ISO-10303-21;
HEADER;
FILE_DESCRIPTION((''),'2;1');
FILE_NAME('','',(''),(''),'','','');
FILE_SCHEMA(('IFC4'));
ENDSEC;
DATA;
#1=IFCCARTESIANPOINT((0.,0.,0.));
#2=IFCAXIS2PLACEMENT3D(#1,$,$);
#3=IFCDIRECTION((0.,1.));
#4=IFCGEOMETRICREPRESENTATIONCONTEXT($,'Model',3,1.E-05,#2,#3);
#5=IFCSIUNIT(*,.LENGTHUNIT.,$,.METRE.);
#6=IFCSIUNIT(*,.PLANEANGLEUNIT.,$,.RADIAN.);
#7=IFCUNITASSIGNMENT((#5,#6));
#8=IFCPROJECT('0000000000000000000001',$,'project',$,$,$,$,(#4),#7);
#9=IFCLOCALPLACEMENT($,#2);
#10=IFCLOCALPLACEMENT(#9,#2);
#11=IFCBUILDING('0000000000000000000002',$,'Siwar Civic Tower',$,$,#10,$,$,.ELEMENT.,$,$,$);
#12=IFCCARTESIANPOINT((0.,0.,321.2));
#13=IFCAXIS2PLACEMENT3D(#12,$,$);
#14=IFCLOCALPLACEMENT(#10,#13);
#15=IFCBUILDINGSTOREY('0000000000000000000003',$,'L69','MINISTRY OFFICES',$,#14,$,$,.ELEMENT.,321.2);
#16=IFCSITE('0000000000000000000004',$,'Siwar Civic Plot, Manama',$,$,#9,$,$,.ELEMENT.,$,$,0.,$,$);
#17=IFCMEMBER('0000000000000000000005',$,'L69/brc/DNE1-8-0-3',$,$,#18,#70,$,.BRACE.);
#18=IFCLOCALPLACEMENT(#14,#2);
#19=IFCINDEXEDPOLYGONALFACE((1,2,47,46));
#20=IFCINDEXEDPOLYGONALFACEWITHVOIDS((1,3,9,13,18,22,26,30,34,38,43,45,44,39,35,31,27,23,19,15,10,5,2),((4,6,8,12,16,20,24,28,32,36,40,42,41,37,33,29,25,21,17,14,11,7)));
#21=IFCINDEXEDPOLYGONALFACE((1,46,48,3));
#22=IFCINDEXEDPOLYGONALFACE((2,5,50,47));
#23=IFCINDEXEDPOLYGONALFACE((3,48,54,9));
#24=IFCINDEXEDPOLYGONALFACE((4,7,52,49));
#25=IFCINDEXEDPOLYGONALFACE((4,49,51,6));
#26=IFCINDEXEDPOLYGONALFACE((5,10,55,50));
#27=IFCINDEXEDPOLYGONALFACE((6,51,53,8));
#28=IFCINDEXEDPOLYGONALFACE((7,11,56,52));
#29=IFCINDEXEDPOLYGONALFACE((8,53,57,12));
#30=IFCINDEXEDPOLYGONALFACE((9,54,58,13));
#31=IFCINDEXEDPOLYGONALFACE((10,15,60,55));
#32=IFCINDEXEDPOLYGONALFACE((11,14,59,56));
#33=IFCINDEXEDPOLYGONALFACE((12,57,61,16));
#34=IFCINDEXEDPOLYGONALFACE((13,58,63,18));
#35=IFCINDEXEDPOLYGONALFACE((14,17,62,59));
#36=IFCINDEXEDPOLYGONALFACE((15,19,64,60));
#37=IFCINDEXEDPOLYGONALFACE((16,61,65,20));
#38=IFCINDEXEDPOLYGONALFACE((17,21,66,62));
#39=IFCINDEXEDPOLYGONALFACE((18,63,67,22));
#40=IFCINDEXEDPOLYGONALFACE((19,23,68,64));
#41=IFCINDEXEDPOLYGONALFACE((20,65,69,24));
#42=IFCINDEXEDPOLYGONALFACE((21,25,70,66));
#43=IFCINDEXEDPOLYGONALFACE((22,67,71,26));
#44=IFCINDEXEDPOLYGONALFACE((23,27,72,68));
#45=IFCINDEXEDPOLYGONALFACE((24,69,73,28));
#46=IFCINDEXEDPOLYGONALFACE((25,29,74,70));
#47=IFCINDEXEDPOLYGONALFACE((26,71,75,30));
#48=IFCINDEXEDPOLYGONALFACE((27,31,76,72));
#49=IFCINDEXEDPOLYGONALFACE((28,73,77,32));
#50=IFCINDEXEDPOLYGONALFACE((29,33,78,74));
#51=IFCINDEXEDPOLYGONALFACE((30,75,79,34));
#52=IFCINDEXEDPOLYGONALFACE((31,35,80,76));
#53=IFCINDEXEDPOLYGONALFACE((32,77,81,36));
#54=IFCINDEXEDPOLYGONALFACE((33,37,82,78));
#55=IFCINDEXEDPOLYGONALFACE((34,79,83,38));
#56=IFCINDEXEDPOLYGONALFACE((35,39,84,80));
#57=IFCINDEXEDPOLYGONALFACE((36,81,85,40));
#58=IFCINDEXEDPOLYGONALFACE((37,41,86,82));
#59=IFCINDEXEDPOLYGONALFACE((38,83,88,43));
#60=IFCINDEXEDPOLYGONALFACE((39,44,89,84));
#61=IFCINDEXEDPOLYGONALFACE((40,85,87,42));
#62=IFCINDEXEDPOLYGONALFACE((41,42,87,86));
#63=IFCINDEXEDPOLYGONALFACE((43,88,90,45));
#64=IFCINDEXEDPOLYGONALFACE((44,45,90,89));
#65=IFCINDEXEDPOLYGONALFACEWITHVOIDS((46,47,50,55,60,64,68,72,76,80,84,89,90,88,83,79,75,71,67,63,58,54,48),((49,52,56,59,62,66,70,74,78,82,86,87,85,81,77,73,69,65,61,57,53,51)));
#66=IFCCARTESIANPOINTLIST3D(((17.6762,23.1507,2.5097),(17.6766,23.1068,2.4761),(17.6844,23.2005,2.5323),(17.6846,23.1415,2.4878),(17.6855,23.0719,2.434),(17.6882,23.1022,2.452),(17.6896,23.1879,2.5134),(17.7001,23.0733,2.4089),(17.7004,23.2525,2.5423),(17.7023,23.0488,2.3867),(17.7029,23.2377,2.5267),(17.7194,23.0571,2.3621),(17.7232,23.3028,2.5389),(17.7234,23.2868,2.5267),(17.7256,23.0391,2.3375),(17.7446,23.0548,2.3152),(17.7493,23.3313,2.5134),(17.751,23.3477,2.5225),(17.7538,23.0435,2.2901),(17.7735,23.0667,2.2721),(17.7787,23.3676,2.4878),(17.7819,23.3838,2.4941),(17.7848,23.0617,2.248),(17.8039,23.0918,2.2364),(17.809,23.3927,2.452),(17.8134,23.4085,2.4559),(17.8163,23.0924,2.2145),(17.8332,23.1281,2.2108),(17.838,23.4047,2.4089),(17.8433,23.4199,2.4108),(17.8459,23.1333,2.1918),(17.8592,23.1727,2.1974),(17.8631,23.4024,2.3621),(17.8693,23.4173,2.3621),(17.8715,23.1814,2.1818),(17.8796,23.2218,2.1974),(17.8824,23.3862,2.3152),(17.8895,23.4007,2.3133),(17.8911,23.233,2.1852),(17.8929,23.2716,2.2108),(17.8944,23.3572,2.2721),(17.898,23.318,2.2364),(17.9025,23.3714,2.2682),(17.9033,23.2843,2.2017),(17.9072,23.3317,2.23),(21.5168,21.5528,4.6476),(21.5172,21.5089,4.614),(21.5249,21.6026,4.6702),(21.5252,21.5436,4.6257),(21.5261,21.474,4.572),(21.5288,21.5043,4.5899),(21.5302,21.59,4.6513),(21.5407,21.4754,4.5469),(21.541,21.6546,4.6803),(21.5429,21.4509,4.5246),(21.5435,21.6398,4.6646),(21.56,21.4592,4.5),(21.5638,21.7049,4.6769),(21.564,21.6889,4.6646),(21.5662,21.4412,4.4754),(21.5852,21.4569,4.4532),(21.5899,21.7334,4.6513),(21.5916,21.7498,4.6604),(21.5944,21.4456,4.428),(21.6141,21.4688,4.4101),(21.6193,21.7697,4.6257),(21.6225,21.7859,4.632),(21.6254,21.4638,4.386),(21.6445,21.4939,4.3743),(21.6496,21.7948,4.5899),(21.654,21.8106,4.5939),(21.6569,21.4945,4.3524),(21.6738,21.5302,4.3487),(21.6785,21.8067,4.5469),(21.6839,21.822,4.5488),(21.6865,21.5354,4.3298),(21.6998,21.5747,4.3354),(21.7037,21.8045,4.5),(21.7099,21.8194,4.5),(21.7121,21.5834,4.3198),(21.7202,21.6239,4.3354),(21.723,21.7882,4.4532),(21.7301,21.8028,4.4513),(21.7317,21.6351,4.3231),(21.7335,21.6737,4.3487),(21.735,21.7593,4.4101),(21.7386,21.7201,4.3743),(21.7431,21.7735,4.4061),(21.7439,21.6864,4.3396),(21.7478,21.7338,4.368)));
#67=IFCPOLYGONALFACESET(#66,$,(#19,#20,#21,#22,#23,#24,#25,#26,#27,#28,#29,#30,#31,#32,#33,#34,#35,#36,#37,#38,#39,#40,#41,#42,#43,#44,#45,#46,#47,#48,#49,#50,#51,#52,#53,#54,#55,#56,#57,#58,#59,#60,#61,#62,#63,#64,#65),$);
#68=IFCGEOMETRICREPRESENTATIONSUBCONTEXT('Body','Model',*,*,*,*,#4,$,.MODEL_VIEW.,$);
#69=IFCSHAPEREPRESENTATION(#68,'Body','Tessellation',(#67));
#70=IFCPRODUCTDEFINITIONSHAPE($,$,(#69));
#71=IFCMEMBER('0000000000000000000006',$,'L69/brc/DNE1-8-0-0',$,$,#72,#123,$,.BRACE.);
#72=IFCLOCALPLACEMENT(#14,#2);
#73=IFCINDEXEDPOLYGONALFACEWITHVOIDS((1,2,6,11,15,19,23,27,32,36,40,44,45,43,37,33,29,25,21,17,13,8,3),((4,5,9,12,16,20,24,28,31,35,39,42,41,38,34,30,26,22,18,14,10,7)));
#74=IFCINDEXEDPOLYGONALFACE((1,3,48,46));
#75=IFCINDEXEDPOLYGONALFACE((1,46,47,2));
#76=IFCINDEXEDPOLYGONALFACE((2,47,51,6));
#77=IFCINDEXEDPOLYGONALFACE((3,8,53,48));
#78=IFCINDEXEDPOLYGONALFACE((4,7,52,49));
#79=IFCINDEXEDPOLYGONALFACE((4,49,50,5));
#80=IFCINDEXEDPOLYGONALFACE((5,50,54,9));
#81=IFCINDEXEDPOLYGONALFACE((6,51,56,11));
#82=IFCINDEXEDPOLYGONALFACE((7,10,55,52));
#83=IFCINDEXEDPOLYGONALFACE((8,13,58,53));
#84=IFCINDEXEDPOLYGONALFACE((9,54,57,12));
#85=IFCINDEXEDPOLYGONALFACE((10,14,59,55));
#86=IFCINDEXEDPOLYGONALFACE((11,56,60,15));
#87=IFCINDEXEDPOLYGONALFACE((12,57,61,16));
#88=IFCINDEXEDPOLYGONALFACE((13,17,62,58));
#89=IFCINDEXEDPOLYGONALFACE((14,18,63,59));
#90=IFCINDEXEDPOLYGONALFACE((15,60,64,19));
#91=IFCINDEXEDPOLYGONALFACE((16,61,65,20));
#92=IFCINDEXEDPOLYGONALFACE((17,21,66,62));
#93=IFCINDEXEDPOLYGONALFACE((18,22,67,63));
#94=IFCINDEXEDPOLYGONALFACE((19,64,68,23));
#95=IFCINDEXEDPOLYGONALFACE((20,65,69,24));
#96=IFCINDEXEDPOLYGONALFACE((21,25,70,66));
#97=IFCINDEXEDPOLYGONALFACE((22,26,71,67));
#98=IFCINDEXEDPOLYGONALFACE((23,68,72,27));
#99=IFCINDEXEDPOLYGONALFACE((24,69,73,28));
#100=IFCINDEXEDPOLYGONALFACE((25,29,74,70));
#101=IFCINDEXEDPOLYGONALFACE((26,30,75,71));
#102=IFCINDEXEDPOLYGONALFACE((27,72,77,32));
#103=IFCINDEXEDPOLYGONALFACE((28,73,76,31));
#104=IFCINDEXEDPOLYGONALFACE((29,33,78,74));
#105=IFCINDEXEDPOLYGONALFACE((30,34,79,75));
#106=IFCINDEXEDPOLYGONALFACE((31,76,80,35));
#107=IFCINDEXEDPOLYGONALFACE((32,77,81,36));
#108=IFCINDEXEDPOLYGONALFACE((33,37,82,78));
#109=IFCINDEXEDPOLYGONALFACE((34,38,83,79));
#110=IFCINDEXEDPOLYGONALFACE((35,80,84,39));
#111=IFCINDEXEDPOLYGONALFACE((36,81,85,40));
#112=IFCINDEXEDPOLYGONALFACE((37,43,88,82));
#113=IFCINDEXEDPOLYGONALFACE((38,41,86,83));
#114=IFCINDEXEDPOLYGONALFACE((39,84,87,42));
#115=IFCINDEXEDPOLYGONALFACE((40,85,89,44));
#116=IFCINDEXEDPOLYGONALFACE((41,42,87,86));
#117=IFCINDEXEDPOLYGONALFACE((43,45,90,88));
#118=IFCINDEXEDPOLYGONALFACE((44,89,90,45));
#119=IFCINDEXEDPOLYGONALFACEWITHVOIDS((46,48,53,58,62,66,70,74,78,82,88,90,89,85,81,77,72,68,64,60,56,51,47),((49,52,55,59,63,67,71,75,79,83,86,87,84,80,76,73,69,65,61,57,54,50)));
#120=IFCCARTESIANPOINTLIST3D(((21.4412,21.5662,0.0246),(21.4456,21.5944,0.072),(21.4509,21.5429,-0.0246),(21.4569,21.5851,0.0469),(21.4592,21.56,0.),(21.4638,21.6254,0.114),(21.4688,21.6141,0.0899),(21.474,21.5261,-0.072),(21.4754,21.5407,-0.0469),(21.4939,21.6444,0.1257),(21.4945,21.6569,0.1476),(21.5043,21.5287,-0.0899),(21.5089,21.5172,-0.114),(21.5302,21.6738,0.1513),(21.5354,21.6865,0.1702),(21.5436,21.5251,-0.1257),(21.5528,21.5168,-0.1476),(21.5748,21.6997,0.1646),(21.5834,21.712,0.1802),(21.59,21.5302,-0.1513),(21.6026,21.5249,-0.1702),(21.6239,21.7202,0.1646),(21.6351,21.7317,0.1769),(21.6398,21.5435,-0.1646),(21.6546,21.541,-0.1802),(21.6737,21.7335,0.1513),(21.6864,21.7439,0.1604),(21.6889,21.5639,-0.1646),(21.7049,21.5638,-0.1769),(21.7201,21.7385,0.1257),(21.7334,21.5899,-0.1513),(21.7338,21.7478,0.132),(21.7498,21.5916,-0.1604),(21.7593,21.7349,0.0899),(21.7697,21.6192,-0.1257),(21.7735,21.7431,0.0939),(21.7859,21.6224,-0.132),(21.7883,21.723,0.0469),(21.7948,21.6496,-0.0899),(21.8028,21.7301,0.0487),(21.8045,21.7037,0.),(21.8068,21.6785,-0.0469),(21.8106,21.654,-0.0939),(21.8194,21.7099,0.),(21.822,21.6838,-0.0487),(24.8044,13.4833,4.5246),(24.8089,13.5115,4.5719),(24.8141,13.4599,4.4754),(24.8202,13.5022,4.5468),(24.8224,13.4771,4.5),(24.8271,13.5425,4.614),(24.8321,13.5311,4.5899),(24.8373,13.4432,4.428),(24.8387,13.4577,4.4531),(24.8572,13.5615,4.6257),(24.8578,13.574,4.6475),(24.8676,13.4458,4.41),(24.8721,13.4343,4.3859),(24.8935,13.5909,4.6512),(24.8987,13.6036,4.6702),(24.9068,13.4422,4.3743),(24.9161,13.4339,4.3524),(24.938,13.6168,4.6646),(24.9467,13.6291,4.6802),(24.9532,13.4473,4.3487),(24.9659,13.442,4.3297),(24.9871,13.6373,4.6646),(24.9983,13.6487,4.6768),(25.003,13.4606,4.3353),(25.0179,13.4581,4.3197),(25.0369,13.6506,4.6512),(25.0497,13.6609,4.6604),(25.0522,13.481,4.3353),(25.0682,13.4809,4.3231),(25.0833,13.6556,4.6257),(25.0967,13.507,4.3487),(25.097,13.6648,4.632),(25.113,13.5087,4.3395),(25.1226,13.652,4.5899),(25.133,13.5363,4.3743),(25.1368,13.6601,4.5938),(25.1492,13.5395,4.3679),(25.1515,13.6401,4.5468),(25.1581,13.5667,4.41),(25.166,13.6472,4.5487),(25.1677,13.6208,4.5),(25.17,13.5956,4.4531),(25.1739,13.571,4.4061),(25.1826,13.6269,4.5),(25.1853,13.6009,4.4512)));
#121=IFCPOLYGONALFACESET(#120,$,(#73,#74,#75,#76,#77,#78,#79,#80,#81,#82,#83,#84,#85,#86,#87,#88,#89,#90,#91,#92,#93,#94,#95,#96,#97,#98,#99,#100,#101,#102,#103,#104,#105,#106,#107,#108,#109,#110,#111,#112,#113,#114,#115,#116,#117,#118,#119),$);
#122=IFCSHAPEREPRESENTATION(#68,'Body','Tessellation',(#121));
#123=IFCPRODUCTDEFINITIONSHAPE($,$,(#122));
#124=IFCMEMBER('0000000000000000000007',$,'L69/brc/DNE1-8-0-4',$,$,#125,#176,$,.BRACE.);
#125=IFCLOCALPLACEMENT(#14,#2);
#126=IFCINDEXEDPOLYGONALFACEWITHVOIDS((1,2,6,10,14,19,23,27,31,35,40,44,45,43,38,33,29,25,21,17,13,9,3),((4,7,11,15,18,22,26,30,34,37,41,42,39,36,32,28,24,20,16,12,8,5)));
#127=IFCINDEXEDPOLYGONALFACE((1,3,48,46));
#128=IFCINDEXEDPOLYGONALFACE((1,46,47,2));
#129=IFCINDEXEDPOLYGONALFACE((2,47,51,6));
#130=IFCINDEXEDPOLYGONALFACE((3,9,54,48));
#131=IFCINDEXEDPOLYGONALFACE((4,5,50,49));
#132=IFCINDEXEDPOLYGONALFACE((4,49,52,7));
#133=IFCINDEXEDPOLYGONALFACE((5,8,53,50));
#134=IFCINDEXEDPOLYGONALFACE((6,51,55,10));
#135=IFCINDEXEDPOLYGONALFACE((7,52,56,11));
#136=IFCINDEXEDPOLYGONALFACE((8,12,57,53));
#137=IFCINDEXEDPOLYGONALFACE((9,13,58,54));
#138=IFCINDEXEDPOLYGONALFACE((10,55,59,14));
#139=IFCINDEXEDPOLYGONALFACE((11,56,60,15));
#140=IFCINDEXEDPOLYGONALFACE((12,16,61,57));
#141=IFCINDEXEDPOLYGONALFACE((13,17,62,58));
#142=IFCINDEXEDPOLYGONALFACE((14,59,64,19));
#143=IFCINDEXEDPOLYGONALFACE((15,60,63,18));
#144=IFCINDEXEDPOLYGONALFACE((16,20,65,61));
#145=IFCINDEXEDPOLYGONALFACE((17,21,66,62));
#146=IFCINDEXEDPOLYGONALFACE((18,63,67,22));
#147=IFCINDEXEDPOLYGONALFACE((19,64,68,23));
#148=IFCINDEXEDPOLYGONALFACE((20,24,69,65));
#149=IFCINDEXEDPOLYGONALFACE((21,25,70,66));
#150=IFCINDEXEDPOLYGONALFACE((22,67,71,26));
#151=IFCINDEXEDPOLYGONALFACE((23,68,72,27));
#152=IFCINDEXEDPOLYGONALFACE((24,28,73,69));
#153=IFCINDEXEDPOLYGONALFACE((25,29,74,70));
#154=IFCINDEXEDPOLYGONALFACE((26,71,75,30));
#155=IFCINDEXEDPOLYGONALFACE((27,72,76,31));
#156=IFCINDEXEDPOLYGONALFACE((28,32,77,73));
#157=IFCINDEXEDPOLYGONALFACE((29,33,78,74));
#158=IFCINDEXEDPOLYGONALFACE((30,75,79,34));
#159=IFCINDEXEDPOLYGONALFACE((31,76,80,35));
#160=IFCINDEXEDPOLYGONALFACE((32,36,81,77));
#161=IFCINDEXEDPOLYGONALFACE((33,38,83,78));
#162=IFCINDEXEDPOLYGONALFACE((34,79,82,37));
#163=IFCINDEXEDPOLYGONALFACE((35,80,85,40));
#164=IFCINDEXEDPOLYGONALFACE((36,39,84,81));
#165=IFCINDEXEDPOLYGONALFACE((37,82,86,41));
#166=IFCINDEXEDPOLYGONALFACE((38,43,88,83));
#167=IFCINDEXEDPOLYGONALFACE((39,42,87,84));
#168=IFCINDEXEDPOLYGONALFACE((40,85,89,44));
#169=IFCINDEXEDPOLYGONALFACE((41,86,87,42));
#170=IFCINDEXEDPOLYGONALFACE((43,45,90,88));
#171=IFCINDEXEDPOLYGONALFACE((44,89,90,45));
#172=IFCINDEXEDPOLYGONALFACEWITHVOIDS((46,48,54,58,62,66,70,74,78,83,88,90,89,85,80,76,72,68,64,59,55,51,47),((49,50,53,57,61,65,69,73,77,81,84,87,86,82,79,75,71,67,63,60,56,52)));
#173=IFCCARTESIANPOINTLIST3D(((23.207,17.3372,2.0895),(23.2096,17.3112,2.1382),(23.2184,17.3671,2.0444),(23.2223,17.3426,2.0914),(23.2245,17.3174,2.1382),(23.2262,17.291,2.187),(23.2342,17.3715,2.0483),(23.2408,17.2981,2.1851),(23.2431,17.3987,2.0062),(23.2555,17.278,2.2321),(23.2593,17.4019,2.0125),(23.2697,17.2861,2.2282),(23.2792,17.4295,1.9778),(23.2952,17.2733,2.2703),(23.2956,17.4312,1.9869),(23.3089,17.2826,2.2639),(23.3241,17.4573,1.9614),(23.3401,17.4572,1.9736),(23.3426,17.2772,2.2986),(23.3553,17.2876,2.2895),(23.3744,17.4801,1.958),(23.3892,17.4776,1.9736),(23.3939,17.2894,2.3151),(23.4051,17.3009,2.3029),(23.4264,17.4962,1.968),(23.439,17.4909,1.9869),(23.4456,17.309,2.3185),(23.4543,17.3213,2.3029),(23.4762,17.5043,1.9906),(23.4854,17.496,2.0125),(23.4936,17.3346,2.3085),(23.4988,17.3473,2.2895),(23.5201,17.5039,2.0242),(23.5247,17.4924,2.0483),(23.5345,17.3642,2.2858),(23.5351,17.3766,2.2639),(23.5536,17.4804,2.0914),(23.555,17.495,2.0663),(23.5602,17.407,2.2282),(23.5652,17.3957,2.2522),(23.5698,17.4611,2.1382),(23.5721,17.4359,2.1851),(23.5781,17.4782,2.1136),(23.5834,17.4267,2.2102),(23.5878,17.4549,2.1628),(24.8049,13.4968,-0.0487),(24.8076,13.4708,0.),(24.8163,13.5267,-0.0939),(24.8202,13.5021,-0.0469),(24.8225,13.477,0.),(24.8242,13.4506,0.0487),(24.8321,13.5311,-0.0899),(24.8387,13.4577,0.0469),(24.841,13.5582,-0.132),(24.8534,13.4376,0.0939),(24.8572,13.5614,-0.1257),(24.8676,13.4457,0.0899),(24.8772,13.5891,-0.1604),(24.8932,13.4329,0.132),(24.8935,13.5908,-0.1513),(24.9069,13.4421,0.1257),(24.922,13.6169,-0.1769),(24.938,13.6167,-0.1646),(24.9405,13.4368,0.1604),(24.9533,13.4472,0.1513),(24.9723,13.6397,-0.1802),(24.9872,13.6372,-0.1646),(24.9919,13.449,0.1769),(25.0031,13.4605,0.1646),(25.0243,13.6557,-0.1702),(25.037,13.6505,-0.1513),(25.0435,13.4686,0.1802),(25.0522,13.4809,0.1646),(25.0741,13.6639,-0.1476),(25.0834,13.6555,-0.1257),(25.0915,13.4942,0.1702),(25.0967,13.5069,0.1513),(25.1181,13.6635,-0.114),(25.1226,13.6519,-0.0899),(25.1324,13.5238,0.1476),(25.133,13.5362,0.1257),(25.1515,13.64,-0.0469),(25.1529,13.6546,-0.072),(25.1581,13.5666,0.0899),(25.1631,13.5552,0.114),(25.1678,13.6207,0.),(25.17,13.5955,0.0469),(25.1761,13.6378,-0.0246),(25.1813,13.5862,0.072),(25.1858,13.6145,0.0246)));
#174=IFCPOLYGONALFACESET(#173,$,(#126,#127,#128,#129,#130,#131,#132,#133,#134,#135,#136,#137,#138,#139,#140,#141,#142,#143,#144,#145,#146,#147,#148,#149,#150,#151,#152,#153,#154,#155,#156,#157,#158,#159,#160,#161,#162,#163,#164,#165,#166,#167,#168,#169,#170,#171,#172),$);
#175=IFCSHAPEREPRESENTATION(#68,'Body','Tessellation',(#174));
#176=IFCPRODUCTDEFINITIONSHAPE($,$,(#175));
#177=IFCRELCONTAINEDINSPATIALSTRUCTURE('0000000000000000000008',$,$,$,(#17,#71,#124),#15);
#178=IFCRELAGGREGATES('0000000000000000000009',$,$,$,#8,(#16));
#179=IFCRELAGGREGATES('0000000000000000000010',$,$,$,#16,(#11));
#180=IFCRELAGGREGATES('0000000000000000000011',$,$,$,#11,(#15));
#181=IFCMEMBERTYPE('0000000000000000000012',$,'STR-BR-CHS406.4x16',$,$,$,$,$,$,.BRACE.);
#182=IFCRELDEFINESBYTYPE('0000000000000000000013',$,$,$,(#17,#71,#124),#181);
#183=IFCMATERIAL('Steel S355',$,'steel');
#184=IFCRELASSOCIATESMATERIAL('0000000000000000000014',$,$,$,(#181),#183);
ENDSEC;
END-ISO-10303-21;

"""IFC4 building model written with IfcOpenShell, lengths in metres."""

from ifc_helpers import new_model, si_unit, direction, frame, origin, origin_2d, place, context, subcontext, project, spatial, hollow_circle, extrude, material, material_profile, profile_set, type_object, element, save


model = new_model("IFC4")

# Units and contexts
model_context = context("Model", 3, precision=1e-05, world=origin(), true_north=direction((0.0, 1.0)))
body_context = subcontext(model_context, "Body", "Model", "MODEL_VIEW")
ifc_project = project(units=[si_unit("LENGTHUNIT", "METRE"), si_unit("PLANEANGLEUNIT", "RADIAN")], contexts=[model_context])

# Site, building, storey
site_placement = place(None, origin())
site = spatial("IfcSite", under=ifc_project, at=site_placement, Name="Siwar Civic Plot, Manama", CompositionType="ELEMENT", RefElevation=0.0)
building_placement = place(site_placement, origin())
building = spatial("IfcBuilding", under=site, at=building_placement, Name="Siwar Civic Tower", CompositionType="ELEMENT")
storey_placement = place(building_placement, frame((0.0, 0.0, 321.2)))
storey = spatial("IfcBuildingStorey", under=building, at=storey_placement, Name="L69", Description="MINISTRY OFFICES", CompositionType="ELEMENT", Elevation=321.2)

# Members
ifc_material_1 = material(Name="Steel S355", Category="steel")
ifc_material_profile_1 = material_profile(ifc_material_1, hollow_circle(Radius=0.2031, WallThickness=0.0161, at=origin_2d()), Name="CHS406.4x16")
ifc_profile_set_1 = profile_set([ifc_material_profile_1], Name="Steel S355")
member_type_1 = type_object("IfcMemberType", Name="STR-BR-CHS406.4x16", PredefinedType="BRACE", material=ifc_profile_set_1)
for number, where, z_axis, x_axis, name in (
    (1, (17.7913, 23.2297, 2.3621), (0.821167, -0.341653, 0.45712), (0.384136, 0.923276, 0.0), "L69/brc/DNE1-8-0-3"),
):
    element("IfcMember", number, at=place(storey_placement, frame(where, z_axis=z_axis, x_axis=x_axis)), inside=storey, type_object=member_type_1, Name=name, PredefinedType="BRACE", context=body_context, shape_type="SweptSolid", body=[
        extrude(hollow_circle(Radius=0.2031, WallThickness=0.0161, at=origin_2d()), origin(), (0.0, 0.0, 1.0), 4.677),
    ])
member_1_placement = place(storey_placement, frame((21.6318, 21.6318, 0.0), z_axis=(0.341671, -0.821143, 0.457149), x_axis=(0.923265, 0.384164, 0.0)))
element("IfcMember", 2, at=member_1_placement, inside=storey, type_object=member_type_1, Name="L69/brc/DNE1-8-0-0", PredefinedType="BRACE", context=body_context, shape_type="SweptSolid", body=[
    extrude(hollow_circle(Radius=0.2031, WallThickness=0.0161, at=origin_2d()), origin(), (0.0, 0.0, 1.0), 9.8435),
])
for number, where, z_axis, x_axis, name in (
    (3, (24.9951, 13.5488, 0.0), (-0.341659, 0.82113, 0.457181), (-0.923268, -0.384157, 0.0), "L69/brc/DNE1-8-0-4"),
):
    element("IfcMember", number, at=place(storey_placement, frame(where, z_axis=z_axis, x_axis=x_axis)), inside=storey, type_object=member_type_1, Name=name, PredefinedType="BRACE", context=body_context, shape_type="SweptSolid", body=[
        extrude(hollow_circle(Radius=0.2031, WallThickness=0.0161, at=origin_2d()), origin(), (0.0, 0.0, 1.0), 4.677),
    ])

save(model, "model.ifc")
